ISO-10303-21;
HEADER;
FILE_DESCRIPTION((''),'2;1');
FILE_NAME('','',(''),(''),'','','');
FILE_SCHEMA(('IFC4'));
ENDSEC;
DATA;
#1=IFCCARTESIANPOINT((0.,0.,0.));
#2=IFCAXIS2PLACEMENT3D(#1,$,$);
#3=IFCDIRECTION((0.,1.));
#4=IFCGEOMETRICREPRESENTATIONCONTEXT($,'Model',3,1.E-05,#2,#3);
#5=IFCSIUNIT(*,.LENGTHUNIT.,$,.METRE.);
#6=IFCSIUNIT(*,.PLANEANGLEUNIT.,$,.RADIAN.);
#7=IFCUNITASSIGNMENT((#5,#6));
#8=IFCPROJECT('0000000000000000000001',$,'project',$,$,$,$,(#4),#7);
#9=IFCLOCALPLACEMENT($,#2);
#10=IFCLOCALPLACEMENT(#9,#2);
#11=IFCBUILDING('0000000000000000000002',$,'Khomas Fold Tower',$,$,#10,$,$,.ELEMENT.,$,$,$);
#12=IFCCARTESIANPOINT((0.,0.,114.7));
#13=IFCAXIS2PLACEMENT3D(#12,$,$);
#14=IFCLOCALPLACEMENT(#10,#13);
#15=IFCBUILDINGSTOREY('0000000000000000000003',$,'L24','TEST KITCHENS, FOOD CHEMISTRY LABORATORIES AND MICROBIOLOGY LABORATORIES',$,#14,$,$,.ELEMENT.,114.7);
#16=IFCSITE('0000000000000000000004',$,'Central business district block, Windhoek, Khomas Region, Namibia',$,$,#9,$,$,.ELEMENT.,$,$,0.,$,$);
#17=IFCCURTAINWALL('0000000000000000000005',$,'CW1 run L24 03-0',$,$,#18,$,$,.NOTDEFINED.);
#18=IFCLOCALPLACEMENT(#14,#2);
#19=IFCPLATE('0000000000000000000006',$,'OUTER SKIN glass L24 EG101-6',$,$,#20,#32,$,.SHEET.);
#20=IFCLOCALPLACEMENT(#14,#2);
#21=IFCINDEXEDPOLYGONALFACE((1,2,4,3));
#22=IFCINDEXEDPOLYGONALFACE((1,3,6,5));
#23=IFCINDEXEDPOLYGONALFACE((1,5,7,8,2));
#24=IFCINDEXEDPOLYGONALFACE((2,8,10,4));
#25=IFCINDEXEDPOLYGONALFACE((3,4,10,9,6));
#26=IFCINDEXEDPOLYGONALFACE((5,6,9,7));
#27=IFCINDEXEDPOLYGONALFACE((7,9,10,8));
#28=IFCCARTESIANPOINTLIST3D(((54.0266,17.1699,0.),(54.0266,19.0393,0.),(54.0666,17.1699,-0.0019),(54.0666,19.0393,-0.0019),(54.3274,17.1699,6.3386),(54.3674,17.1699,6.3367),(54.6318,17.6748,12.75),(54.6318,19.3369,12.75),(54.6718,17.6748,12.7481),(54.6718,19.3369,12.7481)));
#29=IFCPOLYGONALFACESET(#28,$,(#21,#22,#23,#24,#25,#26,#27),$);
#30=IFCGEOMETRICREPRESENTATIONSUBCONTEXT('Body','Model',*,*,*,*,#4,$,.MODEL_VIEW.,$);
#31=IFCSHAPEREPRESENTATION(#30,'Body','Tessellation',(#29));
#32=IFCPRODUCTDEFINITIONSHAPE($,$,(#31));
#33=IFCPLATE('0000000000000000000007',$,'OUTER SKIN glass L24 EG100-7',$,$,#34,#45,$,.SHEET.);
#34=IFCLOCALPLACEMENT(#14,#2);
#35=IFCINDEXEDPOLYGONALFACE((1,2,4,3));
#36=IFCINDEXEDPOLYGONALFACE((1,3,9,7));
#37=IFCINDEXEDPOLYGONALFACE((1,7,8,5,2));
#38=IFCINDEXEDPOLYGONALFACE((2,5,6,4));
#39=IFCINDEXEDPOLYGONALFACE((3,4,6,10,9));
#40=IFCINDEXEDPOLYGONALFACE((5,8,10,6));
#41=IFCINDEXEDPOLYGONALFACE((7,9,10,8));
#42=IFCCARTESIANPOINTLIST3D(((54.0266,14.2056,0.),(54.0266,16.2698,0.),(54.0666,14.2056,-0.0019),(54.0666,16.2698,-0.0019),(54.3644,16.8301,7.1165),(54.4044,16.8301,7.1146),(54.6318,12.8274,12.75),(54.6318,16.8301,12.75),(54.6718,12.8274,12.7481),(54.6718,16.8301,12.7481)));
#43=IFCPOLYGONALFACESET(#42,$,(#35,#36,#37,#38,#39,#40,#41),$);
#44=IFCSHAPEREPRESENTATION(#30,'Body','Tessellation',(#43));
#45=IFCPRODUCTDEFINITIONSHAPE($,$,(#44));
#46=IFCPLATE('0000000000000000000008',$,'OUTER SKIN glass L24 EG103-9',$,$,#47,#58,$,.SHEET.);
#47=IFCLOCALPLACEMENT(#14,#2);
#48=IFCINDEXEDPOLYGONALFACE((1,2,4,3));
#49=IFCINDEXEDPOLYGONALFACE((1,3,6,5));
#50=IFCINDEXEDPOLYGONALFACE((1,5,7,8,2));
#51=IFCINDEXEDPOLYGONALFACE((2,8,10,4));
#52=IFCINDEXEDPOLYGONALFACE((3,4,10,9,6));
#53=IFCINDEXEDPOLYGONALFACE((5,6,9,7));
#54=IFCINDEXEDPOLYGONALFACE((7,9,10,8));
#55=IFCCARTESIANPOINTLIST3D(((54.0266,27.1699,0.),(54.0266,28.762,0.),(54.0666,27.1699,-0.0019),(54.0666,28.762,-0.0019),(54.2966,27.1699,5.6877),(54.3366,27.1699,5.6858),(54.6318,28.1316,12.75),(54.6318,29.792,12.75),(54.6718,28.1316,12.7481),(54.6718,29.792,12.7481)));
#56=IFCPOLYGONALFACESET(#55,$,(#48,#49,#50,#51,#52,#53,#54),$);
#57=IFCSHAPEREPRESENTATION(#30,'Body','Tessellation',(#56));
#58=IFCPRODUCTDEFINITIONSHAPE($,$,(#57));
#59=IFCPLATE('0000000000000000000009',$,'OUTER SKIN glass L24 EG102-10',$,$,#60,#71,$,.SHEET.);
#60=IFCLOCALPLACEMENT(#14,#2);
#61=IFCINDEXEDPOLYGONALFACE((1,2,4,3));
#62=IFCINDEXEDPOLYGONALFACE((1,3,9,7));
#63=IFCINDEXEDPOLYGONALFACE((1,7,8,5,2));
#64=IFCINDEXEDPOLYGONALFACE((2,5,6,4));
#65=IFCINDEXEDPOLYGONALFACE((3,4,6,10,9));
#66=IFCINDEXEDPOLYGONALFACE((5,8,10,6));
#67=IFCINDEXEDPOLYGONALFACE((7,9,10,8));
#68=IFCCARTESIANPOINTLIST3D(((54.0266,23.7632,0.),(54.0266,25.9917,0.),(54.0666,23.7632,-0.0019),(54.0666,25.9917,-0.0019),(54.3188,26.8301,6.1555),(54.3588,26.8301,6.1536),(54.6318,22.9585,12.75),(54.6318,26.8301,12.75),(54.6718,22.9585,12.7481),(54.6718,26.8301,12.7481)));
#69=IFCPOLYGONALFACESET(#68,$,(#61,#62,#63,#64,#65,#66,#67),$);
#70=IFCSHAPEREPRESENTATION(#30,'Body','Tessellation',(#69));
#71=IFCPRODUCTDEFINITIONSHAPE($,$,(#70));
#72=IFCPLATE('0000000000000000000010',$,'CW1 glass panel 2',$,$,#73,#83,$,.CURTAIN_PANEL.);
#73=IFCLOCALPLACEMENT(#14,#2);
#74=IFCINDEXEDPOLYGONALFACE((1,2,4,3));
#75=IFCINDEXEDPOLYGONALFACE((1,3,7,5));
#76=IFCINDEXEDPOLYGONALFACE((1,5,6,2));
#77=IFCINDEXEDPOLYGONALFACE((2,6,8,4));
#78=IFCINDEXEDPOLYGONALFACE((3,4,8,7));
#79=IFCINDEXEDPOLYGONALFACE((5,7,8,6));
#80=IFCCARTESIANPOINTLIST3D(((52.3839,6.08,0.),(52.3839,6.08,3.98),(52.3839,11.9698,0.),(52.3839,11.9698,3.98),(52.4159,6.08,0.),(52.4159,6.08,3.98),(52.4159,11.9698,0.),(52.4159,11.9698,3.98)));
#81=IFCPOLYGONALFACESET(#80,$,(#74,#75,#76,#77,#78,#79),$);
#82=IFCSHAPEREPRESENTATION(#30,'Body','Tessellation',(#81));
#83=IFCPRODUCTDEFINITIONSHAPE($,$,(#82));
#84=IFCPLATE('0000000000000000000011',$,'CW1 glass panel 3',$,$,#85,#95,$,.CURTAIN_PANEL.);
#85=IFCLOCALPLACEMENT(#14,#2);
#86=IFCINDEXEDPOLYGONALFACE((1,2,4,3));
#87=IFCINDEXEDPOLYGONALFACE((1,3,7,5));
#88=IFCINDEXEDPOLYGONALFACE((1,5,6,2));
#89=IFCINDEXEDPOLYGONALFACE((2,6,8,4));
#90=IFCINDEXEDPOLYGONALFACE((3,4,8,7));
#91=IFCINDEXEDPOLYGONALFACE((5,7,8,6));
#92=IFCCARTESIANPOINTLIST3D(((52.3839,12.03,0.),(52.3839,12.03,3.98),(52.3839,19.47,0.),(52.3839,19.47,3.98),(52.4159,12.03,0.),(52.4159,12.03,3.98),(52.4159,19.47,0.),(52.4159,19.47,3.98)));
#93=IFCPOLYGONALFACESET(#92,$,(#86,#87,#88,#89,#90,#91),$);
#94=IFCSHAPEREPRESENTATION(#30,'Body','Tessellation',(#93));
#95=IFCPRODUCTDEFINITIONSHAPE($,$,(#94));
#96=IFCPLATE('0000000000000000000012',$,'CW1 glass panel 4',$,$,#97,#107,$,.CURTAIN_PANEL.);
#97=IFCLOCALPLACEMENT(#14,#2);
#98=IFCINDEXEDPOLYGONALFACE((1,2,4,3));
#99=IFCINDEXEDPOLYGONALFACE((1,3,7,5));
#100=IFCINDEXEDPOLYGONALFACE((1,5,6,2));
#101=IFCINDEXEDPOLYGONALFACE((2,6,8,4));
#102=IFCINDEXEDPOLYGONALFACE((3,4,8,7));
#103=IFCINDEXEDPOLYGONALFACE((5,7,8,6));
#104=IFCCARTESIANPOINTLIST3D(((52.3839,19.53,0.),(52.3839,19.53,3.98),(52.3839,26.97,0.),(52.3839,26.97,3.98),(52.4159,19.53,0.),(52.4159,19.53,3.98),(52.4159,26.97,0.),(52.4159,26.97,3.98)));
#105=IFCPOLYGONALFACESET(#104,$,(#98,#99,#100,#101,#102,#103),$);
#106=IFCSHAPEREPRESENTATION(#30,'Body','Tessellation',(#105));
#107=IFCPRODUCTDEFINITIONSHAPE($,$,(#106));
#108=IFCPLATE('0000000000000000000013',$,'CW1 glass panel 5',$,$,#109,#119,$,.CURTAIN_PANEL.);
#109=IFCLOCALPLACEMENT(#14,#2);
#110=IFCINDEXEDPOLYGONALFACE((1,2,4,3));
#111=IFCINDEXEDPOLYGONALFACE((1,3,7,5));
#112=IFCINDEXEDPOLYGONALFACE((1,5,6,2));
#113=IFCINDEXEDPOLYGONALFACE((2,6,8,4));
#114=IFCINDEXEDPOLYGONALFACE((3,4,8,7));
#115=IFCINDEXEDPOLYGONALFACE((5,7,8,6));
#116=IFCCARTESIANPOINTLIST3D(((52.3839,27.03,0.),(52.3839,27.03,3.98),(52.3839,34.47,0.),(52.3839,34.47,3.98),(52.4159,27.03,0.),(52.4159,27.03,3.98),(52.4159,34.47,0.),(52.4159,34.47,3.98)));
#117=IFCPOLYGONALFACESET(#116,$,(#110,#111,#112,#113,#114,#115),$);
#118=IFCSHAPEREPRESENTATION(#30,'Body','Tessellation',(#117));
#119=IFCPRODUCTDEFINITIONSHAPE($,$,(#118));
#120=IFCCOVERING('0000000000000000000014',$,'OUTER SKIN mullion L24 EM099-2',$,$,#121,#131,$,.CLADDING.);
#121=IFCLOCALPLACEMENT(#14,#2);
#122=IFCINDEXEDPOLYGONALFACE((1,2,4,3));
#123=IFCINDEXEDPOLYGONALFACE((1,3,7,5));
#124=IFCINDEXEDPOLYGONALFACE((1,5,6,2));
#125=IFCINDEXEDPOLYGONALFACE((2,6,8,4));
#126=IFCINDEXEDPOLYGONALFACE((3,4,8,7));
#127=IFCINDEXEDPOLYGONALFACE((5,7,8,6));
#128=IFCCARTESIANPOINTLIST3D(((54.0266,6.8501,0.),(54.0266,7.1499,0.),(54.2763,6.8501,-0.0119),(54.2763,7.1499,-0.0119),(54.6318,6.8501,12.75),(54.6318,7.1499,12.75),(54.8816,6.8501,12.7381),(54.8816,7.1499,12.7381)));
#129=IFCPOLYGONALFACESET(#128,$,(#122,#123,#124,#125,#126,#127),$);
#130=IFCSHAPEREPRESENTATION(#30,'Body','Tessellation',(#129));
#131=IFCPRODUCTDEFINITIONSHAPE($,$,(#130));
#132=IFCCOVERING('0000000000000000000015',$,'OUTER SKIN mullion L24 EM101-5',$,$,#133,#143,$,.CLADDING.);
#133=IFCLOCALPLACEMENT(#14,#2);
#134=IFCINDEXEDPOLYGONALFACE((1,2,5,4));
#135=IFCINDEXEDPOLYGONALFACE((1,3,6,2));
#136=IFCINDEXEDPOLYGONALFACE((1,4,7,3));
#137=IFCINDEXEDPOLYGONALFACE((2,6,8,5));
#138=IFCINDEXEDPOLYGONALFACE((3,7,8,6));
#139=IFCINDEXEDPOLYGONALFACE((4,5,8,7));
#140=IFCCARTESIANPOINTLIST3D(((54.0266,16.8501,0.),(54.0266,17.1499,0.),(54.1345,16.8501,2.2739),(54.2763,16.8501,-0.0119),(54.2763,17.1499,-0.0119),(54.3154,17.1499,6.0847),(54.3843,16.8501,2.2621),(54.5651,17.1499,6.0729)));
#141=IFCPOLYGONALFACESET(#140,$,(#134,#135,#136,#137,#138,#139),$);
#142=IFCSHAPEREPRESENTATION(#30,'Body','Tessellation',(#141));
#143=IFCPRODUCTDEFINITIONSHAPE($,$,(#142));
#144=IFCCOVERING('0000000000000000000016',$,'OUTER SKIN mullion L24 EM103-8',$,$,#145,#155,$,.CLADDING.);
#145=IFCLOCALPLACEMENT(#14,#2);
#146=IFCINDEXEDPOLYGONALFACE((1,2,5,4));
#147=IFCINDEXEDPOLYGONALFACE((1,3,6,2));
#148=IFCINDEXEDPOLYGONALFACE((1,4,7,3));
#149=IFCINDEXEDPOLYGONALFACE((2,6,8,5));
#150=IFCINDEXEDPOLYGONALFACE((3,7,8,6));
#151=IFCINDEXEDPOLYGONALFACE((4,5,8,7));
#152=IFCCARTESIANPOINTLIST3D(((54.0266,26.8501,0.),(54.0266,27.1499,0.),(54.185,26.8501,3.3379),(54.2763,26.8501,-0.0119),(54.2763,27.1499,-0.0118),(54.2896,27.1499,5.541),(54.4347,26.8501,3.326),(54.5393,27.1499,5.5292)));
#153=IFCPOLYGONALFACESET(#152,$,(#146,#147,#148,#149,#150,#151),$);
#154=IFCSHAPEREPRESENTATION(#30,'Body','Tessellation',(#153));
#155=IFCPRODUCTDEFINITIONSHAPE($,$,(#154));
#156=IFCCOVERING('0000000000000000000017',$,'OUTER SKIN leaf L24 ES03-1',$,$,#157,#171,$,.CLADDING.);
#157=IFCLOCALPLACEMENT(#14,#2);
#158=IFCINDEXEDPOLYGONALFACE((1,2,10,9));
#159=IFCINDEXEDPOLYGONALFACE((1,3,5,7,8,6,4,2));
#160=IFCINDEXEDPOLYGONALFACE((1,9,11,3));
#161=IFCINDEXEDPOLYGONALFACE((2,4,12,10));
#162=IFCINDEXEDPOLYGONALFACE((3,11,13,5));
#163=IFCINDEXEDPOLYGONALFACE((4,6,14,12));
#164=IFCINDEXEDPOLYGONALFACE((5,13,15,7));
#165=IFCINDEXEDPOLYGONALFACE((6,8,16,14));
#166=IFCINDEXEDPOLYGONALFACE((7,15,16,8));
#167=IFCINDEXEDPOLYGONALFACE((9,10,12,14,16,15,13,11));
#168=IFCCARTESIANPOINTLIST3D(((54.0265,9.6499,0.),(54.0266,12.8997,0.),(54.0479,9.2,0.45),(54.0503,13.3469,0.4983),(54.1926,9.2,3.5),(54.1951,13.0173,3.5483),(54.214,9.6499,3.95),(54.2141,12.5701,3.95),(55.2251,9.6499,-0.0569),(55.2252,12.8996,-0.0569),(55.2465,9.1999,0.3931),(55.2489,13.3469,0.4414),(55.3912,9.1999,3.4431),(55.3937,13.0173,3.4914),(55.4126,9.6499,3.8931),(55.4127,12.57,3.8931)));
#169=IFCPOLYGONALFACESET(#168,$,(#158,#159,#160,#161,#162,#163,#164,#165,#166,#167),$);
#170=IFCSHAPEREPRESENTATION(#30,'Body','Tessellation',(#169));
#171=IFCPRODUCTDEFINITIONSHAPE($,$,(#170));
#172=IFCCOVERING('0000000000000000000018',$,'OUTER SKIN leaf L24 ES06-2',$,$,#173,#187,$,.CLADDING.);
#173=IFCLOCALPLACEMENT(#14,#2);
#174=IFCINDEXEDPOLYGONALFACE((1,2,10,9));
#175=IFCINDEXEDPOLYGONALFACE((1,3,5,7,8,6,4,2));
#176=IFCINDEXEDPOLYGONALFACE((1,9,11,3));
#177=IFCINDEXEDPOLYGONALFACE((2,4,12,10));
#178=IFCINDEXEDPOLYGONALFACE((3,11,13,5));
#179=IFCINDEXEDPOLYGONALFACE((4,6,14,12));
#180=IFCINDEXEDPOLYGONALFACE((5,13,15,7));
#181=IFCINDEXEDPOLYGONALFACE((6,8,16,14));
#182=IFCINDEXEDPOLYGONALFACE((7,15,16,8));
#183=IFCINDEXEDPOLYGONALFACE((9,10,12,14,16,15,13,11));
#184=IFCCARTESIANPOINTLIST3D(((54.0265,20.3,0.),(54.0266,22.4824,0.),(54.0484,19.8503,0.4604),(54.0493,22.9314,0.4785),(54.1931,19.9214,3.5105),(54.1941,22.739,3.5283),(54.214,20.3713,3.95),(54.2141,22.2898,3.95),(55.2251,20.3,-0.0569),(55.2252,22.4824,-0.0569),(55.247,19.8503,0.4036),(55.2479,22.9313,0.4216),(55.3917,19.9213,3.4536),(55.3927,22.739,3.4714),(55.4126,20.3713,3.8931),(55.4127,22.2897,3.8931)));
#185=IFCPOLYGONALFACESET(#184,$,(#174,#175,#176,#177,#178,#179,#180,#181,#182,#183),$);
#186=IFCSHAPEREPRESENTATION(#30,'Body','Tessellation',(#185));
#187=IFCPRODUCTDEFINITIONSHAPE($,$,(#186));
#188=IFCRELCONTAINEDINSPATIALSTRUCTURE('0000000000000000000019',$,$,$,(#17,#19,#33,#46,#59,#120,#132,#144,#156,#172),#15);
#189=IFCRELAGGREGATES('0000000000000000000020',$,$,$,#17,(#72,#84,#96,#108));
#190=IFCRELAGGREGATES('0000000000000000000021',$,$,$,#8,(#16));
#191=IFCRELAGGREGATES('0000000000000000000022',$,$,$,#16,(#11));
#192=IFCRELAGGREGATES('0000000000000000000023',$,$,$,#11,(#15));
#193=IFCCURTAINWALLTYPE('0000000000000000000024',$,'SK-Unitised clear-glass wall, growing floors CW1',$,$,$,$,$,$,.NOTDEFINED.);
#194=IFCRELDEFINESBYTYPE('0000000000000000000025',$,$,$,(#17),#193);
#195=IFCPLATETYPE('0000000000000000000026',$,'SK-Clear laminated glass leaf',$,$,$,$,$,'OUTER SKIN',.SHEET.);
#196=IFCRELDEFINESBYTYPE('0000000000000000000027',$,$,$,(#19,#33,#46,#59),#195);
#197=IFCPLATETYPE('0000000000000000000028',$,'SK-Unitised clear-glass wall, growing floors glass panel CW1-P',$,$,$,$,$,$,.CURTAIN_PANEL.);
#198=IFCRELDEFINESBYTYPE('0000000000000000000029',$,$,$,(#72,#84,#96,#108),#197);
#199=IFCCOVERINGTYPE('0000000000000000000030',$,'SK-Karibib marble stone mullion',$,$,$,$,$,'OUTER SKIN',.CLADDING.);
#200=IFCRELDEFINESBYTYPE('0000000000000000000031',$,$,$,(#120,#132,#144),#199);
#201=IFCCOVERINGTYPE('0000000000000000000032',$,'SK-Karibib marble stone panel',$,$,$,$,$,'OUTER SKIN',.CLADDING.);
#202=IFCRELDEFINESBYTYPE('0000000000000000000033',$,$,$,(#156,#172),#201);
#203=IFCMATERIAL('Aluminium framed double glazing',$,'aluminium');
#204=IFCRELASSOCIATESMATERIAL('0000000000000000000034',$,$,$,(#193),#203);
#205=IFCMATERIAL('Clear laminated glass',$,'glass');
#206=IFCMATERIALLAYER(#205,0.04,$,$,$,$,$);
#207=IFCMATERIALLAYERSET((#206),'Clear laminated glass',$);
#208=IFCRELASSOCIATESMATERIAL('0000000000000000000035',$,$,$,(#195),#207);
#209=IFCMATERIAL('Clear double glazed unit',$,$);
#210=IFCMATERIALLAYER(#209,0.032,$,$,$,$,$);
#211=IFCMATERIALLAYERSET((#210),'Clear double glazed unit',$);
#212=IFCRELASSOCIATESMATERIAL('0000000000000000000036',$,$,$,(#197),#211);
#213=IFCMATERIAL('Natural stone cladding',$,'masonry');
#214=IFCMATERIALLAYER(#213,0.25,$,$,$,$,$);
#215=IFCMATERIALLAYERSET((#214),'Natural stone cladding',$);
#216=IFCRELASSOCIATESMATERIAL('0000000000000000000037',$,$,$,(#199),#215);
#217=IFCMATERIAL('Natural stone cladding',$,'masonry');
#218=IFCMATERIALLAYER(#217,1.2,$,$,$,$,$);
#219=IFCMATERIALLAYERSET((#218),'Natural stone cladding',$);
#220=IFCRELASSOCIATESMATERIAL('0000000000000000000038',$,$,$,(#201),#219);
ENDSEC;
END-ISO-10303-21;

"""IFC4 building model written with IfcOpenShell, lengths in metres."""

from ifc_helpers import new_model, si_unit, direction, frame, origin, origin_2d, place, context, subcontext, project, spatial, polyline, rectangle, outline, extrude, source, transform, mapped, material, layer, layer_set, type_object, element, aggregate, save


model = new_model("IFC4")

# Units and contexts
model_context = context("Model", 3, precision=1e-05, world=origin(), true_north=direction((0.0, 1.0)))
body_context = subcontext(model_context, "Body", "Model", "MODEL_VIEW")
ifc_project = project(units=[si_unit("LENGTHUNIT", "METRE"), si_unit("PLANEANGLEUNIT", "RADIAN")], contexts=[model_context])

# Site, building, storey
site_placement = place(None, origin())
site = spatial("IfcSite", under=ifc_project, at=site_placement, Name="Central business district block, Windhoek, Khomas Region, Namibia", CompositionType="ELEMENT", RefElevation=0.0)
building_placement = place(site_placement, origin())
building = spatial("IfcBuilding", under=site, at=building_placement, Name="Khomas Fold Tower", CompositionType="ELEMENT")
storey_placement = place(building_placement, frame((0.0, 0.0, 114.7)))
storey = spatial("IfcBuildingStorey", under=building, at=storey_placement, Name="L24", Description="TEST KITCHENS, FOOD CHEMISTRY LABORATORIES AND MICROBIOLOGY LABORATORIES", CompositionType="ELEMENT", Elevation=114.7)

# Curtain wall
ifc_material_1 = material(Name="Aluminium framed double glazing", Category="aluminium")
curtain_wall_type = type_object("IfcCurtainWallType", Name="SK-Unitised clear-glass wall, growing floors CW1", PredefinedType="NOTDEFINED", material=ifc_material_1)
curtain_wall_placement = place(storey_placement, origin())
curtain_wall = element("IfcCurtainWall", 1, at=curtain_wall_placement, inside=storey, type_object=curtain_wall_type, Name="CW1 run L24 03-0", PredefinedType="NOTDEFINED")

# Plates
ifc_material_2 = material(Name="Clear laminated glass", Category="glass")
ifc_layer_1 = layer(ifc_material_2, 0.04)
ifc_layer_set_1 = layer_set([ifc_layer_1], Name="Clear laminated glass")
plate_type_1 = type_object("IfcPlateType", Name="SK-Clear laminated glass leaf", ElementType="OUTER SKIN", PredefinedType="SHEET", material=ifc_layer_set_1)
plate_1_placement = place(storey_placement, frame((54.0266, 19.0393, 0.0), z_axis=(-0.998875, 0.000028, 0.047414), x_axis=(-0.000028, -1.0, 0.000001)))
element("IfcPlate", 2, at=plate_1_placement, inside=storey, type_object=plate_type_1, Name="OUTER SKIN glass L24 EG101-6", PredefinedType="SHEET", context=body_context, shape_type="SweptSolid", body=[
    extrude(outline(polyline([(0.0, 0.0), (1.8694, 0.0), (1.8694, 6.3458), (1.3645, 12.7644), (-0.2976, 12.7644), (0.0, 0.0)])), origin(), (0.0, 0.0, -1.0), 0.04),
])
plate_2_placement = place(storey_placement, frame((54.0266, 16.2698, 0.0), z_axis=(-0.998875, 0.000013, 0.047415), x_axis=(-0.000013, -1.0, 0.000001)))
element("IfcPlate", 3, at=plate_2_placement, inside=storey, type_object=plate_type_1, Name="OUTER SKIN glass L24 EG100-7", PredefinedType="SHEET", context=body_context, shape_type="SweptSolid", body=[
    extrude(outline(polyline([(0.0, 0.0), (2.0642, 0.0), (3.4424, 12.7644), (-0.5603, 12.7644), (-0.5603, 7.1245), (0.0, 0.0)])), origin(), (0.0, 0.0, -1.0), 0.04),
])
plate_3_placement = place(storey_placement, frame((54.0266, 28.762, 0.0), z_axis=(-0.998875, -0.000008, 0.047416), x_axis=(0.000008, -1.0, 0.0)))
element("IfcPlate", 4, at=plate_3_placement, inside=storey, type_object=plate_type_1, Name="OUTER SKIN glass L24 EG103-9", PredefinedType="SHEET", context=body_context, shape_type="SweptSolid", body=[
    extrude(outline(polyline([(0.0, 0.0), (1.592, 0.0), (1.592, 5.6941), (0.6304, 12.7644), (-1.03, 12.7644), (0.0, 0.0)])), origin(), (0.0, 0.0, -1.0), 0.04),
])
plate_4_placement = place(storey_placement, frame((54.0266, 25.9917, 0.0), z_axis=(-0.998875, 0.000007, 0.047415), x_axis=(-0.000006, -1.0, 0.0)))
element("IfcPlate", 5, at=plate_4_placement, inside=storey, type_object=plate_type_1, Name="OUTER SKIN glass L24 EG102-10", PredefinedType="SHEET", context=body_context, shape_type="SweptSolid", body=[
    extrude(outline(polyline([(0.0, 0.0), (2.2285, 0.0), (3.0332, 12.7644), (-0.8384, 12.7644), (-0.8384, 6.1625), (0.0, 0.0)])), origin(), (0.0, 0.0, -1.0), 0.04),
])

# Plates
ifc_material_3 = material(Name="Clear double glazed unit")
ifc_layer_2 = layer(ifc_material_3, 0.032)
ifc_layer_set_2 = layer_set([ifc_layer_2], Name="Clear double glazed unit")
plate_type_2 = type_object("IfcPlateType", Name="SK-Unitised clear-glass wall, growing floors glass panel CW1-P", PredefinedType="CURTAIN_PANEL", material=ifc_layer_set_2)
shared_shape_1 = source(origin(), body_context, "Body", "SweptSolid", [
    extrude(rectangle(XDim=5.8899, YDim=0.032, at=origin_2d()), origin(), (0.0, 0.0, 1.0), 3.98),
])
plate_5_placement = place(storey_placement, frame((52.3999, 9.0249, 0.0), z_axis=(0.0, 0.0, 1.0), x_axis=(0.0, 1.0, 0.0)))
plate_5 = element("IfcPlate", 6, at=plate_5_placement, type_object=plate_type_2, Name="CW1 glass panel 2", PredefinedType="CURTAIN_PANEL", context=body_context, shape_type="MappedRepresentation", body=[
    mapped(shared_shape_1, transform((0.0, 0.0, 0.0))),
])
shared_shape_2 = source(origin(), body_context, "Body", "SweptSolid", [
    extrude(rectangle(XDim=7.4399, YDim=0.032, at=origin_2d()), origin(), (0.0, 0.0, 1.0), 3.98),
])
plate_6_placement = place(storey_placement, frame((52.3999, 15.75, 0.0), z_axis=(0.0, 0.0, 1.0), x_axis=(0.0, 1.0, 0.0)))
plate_6 = element("IfcPlate", 7, at=plate_6_placement, type_object=plate_type_2, Name="CW1 glass panel 3", PredefinedType="CURTAIN_PANEL", context=body_context, shape_type="MappedRepresentation", body=[
    mapped(shared_shape_2, transform((0.0, 0.0, 0.0))),
])
plate_7_placement = place(storey_placement, frame((52.3999, 23.25, 0.0), z_axis=(0.0, 0.0, 1.0), x_axis=(0.0, 1.0, 0.0)))
plate_7 = element("IfcPlate", 8, at=plate_7_placement, type_object=plate_type_2, Name="CW1 glass panel 4", PredefinedType="CURTAIN_PANEL", context=body_context, shape_type="MappedRepresentation", body=[
    mapped(shared_shape_2, transform((0.0, 0.0, 0.0))),
])
plate_8_placement = place(storey_placement, frame((52.3999, 30.75, 0.0), z_axis=(0.0, 0.0, 1.0), x_axis=(0.0, 1.0, 0.0)))
plate_8 = element("IfcPlate", 9, at=plate_8_placement, type_object=plate_type_2, Name="CW1 glass panel 5", PredefinedType="CURTAIN_PANEL", context=body_context, shape_type="MappedRepresentation", body=[
    mapped(shared_shape_2, transform((0.0, 0.0, 0.0))),
])
aggregate(curtain_wall, [plate_5, plate_6, plate_7, plate_8])

# Coverings
ifc_material_4 = material(Name="Natural stone cladding", Category="masonry")
ifc_layer_3 = layer(ifc_material_4, 0.25)
ifc_layer_set_3 = layer_set([ifc_layer_3], Name="Natural stone cladding")
covering_type_1 = type_object("IfcCoveringType", Name="SK-Karibib marble stone mullion", ElementType="OUTER SKIN", PredefinedType="CLADDING", material=ifc_layer_set_3)
covering_1_placement = place(storey_placement, frame((54.0266, 6.8501, 0.0), z_axis=(-0.998875, 0.0, 0.047415), x_axis=(0.047415, 0.0, 0.998875)))
element("IfcCovering", 10, at=covering_1_placement, inside=storey, type_object=covering_type_1, Name="OUTER SKIN mullion L24 EM099-2", PredefinedType="CLADDING", context=body_context, shape_type="SweptSolid", body=[
    extrude(outline(polyline([(0.0, 0.0), (12.7644, 0.0), (12.7644, 0.2998), (0.0, 0.2998), (0.0, 0.0)])), origin(), (0.0, 0.0, -1.0), 0.25),
])
covering_2_placement = place(storey_placement, frame((54.0266, 16.8501, 0.0), z_axis=(-0.998876, 0.000059, 0.04741), x_axis=(0.04741, 0.0, 0.998876)))
element("IfcCovering", 11, at=covering_2_placement, inside=storey, type_object=covering_type_1, Name="OUTER SKIN mullion L24 EM101-5", PredefinedType="CLADDING", context=body_context, shape_type="SweptSolid", body=[
    extrude(outline(polyline([(0.0, 0.0), (2.2765, 0.0), (6.0916, 0.2998), (0.0, 0.2998), (0.0, 0.0)])), origin(), (0.0, 0.0, -1.0), 0.25),
])
covering_3_placement = place(storey_placement, frame((54.0266, 26.8501, 0.0), z_axis=(-0.998876, -0.000111, 0.047406), x_axis=(0.047406, 0.0, 0.998876)))
element("IfcCovering", 12, at=covering_3_placement, inside=storey, type_object=covering_type_1, Name="OUTER SKIN mullion L24 EM103-8", PredefinedType="CLADDING", context=body_context, shape_type="SweptSolid", body=[
    extrude(outline(polyline([(0.0, 0.0), (3.3416, 0.0), (5.5473, 0.2998), (0.0, 0.2998), (0.0, 0.0)])), origin(), (0.0, 0.0, -1.0), 0.25),
])
ifc_material_5 = material(Name="Natural stone cladding", Category="masonry")
ifc_layer_4 = layer(ifc_material_5, 1.2)
ifc_layer_set_4 = layer_set([ifc_layer_4], Name="Natural stone cladding")
covering_type_2 = type_object("IfcCoveringType", Name="SK-Karibib marble stone panel", ElementType="OUTER SKIN", PredefinedType="CLADDING", material=ifc_layer_set_4)
covering_4_placement = place(storey_placement, frame((54.1951, 13.0173, 3.5483), z_axis=(-0.998875, 0.000033, 0.047416), x_axis=(-0.047138, 0.107316, -0.993107)))
element("IfcCovering", 13, at=covering_4_placement, inside=storey, type_object=covering_type_2, Name="OUTER SKIN leaf L24 ES03-1", PredefinedType="CLADDING", context=body_context, shape_type="SweptSolid", body=[
    extrude(outline(polyline([(0.0, 0.0), (3.0712, 0.0), (3.5192, 0.4982), (3.1704, 3.7292), (2.6743, 4.1282), (-0.3615, 3.8005), (-0.7611, 3.3048), (-0.4477, 0.4015), (0.0, 0.0)])), origin(), (0.0, 0.0, -1.0), 1.2),
])
covering_5_placement = place(storey_placement, frame((54.1941, 22.739, 3.5283), z_axis=(-0.998875, 0.000039, 0.047415), x_axis=(-0.047318, 0.062885, -0.996898)))
element("IfcCovering", 14, at=covering_5_placement, inside=storey, type_object=covering_type_2, Name="OUTER SKIN leaf L24 ES06-2", PredefinedType="CLADDING", context=body_context, shape_type="SweptSolid", body=[
    extrude(outline(polyline([(0.0, 0.0), (3.0593, 0.0), (3.5092, 0.4782), (3.3719, 2.6563), (2.8836, 3.0761), (-0.1594, 2.8132), (-0.5702, 2.3364), (-0.4495, 0.4218), (0.0, 0.0)])), origin(), (0.0, 0.0, -1.0), 1.2),
])

save(model, "model.ifc")
